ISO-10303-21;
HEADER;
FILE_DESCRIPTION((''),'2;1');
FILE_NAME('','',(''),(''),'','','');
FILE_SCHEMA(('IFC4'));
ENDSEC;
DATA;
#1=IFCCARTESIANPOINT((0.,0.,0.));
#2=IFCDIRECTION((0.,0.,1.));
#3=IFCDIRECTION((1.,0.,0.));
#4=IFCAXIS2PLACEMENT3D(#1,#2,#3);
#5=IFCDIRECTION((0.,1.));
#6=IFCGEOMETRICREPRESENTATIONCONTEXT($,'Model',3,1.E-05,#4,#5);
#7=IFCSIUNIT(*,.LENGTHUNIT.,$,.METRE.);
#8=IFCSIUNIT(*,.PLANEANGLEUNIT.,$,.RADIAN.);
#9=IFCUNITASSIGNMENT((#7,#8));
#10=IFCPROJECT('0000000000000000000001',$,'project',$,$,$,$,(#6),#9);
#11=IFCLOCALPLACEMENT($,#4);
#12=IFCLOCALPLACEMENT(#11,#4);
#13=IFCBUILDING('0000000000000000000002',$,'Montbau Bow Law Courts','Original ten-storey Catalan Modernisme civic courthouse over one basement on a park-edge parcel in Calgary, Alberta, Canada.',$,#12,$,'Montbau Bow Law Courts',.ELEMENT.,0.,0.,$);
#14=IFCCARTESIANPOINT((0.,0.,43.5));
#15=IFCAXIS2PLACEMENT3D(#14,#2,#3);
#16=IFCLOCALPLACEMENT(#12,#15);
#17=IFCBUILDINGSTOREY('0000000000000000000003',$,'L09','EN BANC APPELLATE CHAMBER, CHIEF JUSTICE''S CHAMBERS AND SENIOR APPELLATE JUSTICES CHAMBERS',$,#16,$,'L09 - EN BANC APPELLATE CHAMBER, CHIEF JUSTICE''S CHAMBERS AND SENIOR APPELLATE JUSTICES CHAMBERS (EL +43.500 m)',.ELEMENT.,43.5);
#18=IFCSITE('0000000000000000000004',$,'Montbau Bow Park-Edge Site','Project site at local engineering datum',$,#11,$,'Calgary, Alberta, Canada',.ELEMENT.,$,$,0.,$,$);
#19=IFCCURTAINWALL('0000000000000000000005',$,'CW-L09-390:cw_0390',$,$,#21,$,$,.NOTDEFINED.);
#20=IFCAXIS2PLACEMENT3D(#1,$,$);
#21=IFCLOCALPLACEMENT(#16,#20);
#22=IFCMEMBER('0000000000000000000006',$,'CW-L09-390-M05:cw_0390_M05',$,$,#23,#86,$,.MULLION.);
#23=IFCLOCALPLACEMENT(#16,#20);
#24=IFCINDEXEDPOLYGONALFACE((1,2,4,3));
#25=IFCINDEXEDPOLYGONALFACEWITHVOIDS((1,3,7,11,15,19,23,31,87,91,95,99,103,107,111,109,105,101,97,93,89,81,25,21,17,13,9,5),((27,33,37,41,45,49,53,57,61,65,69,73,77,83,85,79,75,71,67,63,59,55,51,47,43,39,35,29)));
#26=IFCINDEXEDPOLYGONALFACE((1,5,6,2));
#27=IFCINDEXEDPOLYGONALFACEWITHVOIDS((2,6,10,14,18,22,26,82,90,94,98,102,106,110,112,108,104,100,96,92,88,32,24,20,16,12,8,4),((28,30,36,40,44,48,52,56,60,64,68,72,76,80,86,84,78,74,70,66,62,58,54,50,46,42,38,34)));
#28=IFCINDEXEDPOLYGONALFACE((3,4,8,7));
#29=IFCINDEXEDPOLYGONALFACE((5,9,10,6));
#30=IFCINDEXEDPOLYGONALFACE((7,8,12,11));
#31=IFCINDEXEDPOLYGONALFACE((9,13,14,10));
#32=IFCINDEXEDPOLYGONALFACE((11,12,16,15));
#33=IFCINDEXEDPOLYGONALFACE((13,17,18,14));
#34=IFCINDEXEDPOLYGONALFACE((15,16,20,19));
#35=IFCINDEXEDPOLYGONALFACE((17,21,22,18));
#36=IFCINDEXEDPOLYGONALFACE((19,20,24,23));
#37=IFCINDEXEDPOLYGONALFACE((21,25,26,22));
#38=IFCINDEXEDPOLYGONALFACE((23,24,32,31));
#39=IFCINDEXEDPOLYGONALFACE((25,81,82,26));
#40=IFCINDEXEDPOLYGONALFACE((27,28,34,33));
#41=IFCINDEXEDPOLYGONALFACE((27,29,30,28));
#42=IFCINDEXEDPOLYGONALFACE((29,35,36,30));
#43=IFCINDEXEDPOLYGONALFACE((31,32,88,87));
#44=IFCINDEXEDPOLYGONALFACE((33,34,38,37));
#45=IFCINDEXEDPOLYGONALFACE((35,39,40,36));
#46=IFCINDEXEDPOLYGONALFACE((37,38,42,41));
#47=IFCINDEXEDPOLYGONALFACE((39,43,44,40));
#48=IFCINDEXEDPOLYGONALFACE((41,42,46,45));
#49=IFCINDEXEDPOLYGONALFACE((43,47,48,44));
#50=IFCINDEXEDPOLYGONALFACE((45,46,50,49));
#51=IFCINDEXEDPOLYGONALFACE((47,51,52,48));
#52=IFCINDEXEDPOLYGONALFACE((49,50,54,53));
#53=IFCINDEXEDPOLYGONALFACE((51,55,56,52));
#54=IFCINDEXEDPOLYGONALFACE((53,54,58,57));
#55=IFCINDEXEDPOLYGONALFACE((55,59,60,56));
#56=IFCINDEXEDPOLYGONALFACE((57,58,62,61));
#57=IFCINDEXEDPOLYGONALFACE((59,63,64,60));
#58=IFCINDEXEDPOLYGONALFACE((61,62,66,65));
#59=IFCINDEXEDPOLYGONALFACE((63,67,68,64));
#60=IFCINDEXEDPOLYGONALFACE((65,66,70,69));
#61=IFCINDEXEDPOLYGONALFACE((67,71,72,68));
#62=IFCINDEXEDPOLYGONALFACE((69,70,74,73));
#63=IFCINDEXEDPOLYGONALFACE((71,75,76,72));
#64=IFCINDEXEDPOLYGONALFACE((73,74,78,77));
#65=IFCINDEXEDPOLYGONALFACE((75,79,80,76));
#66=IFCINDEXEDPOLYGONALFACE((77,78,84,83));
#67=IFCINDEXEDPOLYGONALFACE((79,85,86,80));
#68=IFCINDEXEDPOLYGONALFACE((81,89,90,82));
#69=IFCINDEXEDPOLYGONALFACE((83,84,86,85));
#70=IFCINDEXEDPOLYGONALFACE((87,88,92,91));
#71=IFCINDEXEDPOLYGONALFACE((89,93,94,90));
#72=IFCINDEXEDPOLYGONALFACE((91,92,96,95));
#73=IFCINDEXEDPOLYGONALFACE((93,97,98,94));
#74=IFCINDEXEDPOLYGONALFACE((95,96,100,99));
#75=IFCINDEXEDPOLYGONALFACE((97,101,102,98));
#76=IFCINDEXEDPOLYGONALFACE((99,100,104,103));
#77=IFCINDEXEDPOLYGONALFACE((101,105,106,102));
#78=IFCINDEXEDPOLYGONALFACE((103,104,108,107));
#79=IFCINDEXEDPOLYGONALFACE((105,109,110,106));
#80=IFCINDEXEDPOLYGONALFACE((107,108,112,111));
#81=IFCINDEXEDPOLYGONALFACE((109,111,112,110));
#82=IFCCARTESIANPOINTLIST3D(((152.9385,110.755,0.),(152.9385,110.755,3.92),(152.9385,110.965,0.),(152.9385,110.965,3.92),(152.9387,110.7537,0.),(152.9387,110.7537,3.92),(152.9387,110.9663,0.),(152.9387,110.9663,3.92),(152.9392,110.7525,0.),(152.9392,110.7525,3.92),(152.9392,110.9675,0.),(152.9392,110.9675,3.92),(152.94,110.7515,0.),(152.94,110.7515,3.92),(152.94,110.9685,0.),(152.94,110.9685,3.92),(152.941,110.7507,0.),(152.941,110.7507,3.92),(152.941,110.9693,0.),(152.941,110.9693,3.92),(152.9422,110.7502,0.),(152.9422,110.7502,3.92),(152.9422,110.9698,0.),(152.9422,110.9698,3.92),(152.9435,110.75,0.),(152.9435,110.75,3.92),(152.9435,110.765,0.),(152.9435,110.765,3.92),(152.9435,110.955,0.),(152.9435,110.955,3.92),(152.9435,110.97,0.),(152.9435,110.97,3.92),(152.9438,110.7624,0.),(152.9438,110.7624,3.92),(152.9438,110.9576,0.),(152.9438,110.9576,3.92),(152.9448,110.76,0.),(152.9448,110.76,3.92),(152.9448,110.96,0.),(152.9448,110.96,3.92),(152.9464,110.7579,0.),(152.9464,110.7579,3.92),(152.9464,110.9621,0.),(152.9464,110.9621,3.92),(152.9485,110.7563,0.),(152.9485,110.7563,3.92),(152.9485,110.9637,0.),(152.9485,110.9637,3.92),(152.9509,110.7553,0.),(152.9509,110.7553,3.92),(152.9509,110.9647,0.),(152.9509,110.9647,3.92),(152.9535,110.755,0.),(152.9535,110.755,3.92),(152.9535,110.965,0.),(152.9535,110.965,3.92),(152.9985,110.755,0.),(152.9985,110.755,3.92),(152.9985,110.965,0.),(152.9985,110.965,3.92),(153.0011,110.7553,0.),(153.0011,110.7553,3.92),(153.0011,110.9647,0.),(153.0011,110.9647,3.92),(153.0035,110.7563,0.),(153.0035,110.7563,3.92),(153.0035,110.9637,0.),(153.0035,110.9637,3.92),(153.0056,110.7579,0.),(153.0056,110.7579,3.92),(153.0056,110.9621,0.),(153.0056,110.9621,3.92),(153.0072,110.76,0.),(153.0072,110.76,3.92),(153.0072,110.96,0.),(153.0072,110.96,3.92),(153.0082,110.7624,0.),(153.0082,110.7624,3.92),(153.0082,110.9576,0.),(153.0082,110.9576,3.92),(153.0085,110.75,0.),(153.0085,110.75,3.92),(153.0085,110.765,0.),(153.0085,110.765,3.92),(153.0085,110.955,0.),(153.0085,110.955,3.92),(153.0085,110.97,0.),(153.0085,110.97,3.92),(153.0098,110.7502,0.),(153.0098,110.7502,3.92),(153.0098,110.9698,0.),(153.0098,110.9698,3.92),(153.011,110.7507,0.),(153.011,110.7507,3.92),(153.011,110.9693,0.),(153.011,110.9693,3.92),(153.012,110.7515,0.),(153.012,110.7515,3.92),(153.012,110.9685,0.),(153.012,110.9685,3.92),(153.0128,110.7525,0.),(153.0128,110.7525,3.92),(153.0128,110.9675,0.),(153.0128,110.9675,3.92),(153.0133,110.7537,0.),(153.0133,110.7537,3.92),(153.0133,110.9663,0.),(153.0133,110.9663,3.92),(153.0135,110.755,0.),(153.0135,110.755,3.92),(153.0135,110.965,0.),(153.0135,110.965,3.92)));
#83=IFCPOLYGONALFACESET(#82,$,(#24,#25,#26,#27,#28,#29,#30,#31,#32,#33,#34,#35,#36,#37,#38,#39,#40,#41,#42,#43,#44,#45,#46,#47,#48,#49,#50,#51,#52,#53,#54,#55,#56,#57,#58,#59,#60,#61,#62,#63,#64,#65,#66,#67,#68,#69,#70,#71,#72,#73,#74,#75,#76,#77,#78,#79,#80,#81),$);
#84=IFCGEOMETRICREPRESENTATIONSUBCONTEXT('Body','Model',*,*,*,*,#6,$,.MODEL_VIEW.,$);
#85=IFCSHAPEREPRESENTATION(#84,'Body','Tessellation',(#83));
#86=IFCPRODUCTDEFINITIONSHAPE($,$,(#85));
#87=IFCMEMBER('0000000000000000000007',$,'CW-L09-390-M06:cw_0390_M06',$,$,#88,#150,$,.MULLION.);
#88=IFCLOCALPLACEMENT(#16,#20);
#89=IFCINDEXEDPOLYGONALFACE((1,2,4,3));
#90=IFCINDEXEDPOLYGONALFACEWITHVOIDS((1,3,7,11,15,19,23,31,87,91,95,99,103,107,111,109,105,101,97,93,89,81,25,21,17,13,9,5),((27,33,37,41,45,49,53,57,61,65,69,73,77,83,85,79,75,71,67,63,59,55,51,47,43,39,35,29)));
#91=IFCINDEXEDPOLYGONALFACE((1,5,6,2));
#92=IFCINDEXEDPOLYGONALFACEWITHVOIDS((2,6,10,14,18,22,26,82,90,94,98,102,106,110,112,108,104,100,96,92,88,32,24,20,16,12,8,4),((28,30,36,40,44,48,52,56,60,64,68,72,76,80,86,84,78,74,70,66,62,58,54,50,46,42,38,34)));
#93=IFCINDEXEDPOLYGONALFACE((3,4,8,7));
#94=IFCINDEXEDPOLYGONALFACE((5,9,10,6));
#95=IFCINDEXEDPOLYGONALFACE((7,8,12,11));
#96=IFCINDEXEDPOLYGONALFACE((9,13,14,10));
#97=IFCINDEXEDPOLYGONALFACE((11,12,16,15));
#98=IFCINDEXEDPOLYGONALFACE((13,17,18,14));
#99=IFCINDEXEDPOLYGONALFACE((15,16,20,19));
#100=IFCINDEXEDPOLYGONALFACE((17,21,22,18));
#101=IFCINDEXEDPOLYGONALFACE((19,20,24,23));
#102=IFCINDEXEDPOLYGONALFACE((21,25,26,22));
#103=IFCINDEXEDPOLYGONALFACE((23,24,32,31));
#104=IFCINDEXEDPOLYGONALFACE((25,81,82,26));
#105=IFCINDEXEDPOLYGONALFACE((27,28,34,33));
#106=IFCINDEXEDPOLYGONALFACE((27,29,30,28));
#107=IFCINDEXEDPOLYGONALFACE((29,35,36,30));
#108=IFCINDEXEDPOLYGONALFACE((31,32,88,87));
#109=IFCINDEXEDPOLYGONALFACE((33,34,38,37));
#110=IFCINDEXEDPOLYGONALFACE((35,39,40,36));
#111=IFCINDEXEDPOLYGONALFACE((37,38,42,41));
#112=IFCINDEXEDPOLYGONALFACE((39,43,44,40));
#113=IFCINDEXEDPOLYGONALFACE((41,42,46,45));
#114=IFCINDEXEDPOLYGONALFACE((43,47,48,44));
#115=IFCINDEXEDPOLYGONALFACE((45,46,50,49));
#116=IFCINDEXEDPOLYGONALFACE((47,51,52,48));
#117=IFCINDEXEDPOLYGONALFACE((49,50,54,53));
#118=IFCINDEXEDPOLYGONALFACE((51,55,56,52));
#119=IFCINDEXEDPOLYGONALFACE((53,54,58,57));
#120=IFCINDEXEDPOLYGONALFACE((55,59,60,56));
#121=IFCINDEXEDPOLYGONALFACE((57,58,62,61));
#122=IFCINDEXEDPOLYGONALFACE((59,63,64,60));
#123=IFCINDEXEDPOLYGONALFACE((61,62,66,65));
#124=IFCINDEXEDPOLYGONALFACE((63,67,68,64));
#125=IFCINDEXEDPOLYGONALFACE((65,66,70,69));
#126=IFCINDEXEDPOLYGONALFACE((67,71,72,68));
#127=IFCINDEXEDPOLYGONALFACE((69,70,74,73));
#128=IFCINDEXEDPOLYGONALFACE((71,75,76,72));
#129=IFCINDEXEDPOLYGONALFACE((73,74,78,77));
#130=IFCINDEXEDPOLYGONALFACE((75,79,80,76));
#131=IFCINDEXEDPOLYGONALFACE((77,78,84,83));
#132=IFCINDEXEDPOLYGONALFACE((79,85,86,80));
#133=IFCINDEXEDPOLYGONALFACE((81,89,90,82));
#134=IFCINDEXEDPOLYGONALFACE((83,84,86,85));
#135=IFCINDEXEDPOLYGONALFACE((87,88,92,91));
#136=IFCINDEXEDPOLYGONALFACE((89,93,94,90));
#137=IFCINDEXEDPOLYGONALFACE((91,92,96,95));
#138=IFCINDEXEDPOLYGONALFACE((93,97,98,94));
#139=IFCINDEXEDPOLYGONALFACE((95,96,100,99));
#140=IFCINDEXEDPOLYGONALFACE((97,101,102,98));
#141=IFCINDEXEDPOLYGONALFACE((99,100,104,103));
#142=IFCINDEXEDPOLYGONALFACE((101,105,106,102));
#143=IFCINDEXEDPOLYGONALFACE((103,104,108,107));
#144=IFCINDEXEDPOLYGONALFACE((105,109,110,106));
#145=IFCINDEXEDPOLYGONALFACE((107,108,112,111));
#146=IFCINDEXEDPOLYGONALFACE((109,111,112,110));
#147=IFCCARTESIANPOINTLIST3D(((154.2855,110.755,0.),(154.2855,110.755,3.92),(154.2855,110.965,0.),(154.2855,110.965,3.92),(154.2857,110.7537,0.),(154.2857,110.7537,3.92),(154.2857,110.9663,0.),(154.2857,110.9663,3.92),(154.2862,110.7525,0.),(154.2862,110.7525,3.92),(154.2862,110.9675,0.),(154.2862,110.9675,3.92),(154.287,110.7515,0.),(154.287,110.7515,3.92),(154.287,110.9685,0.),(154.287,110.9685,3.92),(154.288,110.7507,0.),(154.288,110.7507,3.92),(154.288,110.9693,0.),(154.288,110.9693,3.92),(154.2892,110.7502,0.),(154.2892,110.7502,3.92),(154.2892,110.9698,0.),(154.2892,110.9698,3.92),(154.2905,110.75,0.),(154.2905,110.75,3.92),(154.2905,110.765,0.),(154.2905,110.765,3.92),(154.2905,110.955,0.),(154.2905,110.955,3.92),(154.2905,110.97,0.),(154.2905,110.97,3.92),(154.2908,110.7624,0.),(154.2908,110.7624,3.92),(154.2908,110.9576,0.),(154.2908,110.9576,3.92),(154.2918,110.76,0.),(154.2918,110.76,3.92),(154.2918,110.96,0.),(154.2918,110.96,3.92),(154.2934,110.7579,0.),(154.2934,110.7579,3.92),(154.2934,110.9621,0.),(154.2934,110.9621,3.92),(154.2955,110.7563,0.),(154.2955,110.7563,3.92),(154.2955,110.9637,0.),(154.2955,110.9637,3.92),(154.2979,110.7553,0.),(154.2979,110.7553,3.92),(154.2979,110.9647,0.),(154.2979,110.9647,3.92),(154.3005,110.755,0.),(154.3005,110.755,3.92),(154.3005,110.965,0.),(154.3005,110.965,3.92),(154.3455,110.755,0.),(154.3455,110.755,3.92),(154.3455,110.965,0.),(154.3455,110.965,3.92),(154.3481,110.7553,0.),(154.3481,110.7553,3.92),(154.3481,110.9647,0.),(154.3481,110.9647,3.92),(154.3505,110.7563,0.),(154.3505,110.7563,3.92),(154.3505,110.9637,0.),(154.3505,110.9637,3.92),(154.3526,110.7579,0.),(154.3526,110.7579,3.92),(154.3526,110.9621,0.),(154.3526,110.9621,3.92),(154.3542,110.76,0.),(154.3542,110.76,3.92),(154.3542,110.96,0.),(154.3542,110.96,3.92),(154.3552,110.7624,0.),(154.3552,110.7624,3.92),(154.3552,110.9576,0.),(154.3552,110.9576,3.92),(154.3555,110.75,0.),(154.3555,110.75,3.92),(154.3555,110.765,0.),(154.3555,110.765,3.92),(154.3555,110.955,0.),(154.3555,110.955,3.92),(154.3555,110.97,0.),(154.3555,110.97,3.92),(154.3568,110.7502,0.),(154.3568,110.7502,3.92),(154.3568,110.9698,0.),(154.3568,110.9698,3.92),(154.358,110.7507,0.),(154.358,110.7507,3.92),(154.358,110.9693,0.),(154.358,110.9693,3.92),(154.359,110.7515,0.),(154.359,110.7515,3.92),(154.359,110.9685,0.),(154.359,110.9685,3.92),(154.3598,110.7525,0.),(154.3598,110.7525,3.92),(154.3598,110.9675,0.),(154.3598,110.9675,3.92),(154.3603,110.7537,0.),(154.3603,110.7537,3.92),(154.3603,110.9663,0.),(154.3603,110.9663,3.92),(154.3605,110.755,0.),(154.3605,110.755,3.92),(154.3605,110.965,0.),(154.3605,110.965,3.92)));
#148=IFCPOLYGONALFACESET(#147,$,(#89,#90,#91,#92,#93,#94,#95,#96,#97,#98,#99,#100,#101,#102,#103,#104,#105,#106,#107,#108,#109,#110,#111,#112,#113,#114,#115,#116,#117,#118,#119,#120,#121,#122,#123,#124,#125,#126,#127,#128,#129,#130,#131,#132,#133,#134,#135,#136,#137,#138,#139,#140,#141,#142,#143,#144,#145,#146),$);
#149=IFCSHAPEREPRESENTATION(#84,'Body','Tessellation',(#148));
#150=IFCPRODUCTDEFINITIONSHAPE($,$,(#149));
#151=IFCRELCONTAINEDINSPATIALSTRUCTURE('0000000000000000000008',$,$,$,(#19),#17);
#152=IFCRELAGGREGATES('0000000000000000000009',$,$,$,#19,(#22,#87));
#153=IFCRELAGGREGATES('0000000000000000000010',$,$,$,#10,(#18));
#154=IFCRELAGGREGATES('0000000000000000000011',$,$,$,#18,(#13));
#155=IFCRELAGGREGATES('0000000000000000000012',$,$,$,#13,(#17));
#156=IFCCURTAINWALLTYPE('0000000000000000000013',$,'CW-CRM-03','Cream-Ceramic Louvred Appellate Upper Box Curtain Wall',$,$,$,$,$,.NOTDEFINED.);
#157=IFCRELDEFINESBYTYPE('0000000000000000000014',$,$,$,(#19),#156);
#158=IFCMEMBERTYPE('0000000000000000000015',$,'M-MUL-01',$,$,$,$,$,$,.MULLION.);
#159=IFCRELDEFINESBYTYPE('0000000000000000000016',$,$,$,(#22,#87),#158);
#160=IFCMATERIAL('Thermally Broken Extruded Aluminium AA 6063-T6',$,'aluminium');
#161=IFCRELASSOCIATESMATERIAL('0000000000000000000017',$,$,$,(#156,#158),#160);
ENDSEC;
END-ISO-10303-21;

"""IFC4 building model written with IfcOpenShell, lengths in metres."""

from ifc_helpers import new_model, si_unit, direction, frame, origin_with_axes, origin_2d_with_axis, place, context, subcontext, project, spatial, hollow_rectangle, extrude, material, material_profile, profile_set, type_object, element, aggregate, save


model = new_model("IFC4")

# Units and contexts
model_context = context("Model", 3, precision=1e-05, world=origin_with_axes(), true_north=direction((0.0, 1.0)))
body_context = subcontext(model_context, "Body", "Model", "MODEL_VIEW")
ifc_project = project(units=[si_unit("LENGTHUNIT", "METRE"), si_unit("PLANEANGLEUNIT", "RADIAN")], contexts=[model_context])

# Site, building, storey
site_placement = place(None, origin_with_axes())
site = spatial("IfcSite", under=ifc_project, at=site_placement, Name="Montbau Bow Park-Edge Site", Description="Project site at local engineering datum", LongName="Calgary, Alberta, Canada", CompositionType="ELEMENT", RefElevation=0.0)
building_placement = place(site_placement, origin_with_axes())
building = spatial("IfcBuilding", under=site, at=building_placement, Name="Montbau Bow Law Courts", Description="Original ten-storey Catalan Modernisme civic courthouse over one basement on a park-edge parcel in Calgary, Alberta, Canada.", LongName="Montbau Bow Law Courts", CompositionType="ELEMENT", ElevationOfRefHeight=0.0, ElevationOfTerrain=0.0)
storey_placement = place(building_placement, frame((0.0, 0.0, 43.5), z_axis=(0.0, 0.0, 1.0), x_axis=(1.0, 0.0, 0.0)))
storey = spatial("IfcBuildingStorey", under=building, at=storey_placement, Name="L09", Description="EN BANC APPELLATE CHAMBER, CHIEF JUSTICE'S CHAMBERS AND SENIOR APPELLATE JUSTICES CHAMBERS", LongName="L09 - EN BANC APPELLATE CHAMBER, CHIEF JUSTICE'S CHAMBERS AND SENIOR APPELLATE JUSTICES CHAMBERS (EL +43.500 m)", CompositionType="ELEMENT", Elevation=43.5)

# Curtain wall, members
ifc_material_1 = material(Name="Thermally Broken Extruded Aluminium AA 6063-T6", Category="aluminium")
curtain_wall_type = type_object("IfcCurtainWallType", Name="CW-CRM-03", Description="Cream-Ceramic Louvred Appellate Upper Box Curtain Wall", PredefinedType="NOTDEFINED", material=ifc_material_1)
curtain_wall_placement = place(None, frame((147.44, 110.86, 43.5), z_axis=(0.0, 0.0, 1.0), x_axis=(1.0, 0.0, 0.0)))
curtain_wall = element("IfcCurtainWall", 1, at=curtain_wall_placement, inside=storey, type_object=curtain_wall_type, Name="CW-L09-390:cw_0390", PredefinedType="NOTDEFINED")
ifc_material_profile_1 = material_profile(ifc_material_1, hollow_rectangle(XDim=0.075, YDim=0.22, WallThickness=0.005, InnerFilletRadius=0.01, OuterFilletRadius=0.005, at=origin_2d_with_axis()), Name="CWM-220X75", Category="Main", Priority=0)
ifc_profile_set_1 = profile_set([ifc_material_profile_1], Name="Thermally Broken Extruded Aluminium AA 6063-T6")
member_type_1 = type_object("IfcMemberType", Name="M-MUL-01", PredefinedType="MULLION", material=ifc_profile_set_1)
member_1_placement = place(None, frame((152.976, 110.86, 43.5), z_axis=(0.0, 0.0, 1.0), x_axis=(1.0, 0.0, 0.0)))
member_1 = element("IfcMember", 2, at=member_1_placement, type_object=member_type_1, Name="CW-L09-390-M05:cw_0390_M05", PredefinedType="MULLION", context=body_context, shape_type="SweptSolid", body=[
    extrude(hollow_rectangle(XDim=0.075, YDim=0.22, WallThickness=0.005, InnerFilletRadius=0.01, OuterFilletRadius=0.005, at=origin_2d_with_axis()), origin_with_axes(), (0.0, 0.0, 1.0), 3.92),
])
member_2_placement = place(None, frame((154.323, 110.86, 43.5), z_axis=(0.0, 0.0, 1.0), x_axis=(1.0, 0.0, 0.0)))
member_2 = element("IfcMember", 3, at=member_2_placement, type_object=member_type_1, Name="CW-L09-390-M06:cw_0390_M06", PredefinedType="MULLION", context=body_context, shape_type="SweptSolid", body=[
    extrude(hollow_rectangle(XDim=0.075, YDim=0.22, WallThickness=0.005, InnerFilletRadius=0.01, OuterFilletRadius=0.005, at=origin_2d_with_axis()), origin_with_axes(), (0.0, 0.0, 1.0), 3.92),
])
aggregate(curtain_wall, [member_1, member_2])

save(model, "model.ifc")
